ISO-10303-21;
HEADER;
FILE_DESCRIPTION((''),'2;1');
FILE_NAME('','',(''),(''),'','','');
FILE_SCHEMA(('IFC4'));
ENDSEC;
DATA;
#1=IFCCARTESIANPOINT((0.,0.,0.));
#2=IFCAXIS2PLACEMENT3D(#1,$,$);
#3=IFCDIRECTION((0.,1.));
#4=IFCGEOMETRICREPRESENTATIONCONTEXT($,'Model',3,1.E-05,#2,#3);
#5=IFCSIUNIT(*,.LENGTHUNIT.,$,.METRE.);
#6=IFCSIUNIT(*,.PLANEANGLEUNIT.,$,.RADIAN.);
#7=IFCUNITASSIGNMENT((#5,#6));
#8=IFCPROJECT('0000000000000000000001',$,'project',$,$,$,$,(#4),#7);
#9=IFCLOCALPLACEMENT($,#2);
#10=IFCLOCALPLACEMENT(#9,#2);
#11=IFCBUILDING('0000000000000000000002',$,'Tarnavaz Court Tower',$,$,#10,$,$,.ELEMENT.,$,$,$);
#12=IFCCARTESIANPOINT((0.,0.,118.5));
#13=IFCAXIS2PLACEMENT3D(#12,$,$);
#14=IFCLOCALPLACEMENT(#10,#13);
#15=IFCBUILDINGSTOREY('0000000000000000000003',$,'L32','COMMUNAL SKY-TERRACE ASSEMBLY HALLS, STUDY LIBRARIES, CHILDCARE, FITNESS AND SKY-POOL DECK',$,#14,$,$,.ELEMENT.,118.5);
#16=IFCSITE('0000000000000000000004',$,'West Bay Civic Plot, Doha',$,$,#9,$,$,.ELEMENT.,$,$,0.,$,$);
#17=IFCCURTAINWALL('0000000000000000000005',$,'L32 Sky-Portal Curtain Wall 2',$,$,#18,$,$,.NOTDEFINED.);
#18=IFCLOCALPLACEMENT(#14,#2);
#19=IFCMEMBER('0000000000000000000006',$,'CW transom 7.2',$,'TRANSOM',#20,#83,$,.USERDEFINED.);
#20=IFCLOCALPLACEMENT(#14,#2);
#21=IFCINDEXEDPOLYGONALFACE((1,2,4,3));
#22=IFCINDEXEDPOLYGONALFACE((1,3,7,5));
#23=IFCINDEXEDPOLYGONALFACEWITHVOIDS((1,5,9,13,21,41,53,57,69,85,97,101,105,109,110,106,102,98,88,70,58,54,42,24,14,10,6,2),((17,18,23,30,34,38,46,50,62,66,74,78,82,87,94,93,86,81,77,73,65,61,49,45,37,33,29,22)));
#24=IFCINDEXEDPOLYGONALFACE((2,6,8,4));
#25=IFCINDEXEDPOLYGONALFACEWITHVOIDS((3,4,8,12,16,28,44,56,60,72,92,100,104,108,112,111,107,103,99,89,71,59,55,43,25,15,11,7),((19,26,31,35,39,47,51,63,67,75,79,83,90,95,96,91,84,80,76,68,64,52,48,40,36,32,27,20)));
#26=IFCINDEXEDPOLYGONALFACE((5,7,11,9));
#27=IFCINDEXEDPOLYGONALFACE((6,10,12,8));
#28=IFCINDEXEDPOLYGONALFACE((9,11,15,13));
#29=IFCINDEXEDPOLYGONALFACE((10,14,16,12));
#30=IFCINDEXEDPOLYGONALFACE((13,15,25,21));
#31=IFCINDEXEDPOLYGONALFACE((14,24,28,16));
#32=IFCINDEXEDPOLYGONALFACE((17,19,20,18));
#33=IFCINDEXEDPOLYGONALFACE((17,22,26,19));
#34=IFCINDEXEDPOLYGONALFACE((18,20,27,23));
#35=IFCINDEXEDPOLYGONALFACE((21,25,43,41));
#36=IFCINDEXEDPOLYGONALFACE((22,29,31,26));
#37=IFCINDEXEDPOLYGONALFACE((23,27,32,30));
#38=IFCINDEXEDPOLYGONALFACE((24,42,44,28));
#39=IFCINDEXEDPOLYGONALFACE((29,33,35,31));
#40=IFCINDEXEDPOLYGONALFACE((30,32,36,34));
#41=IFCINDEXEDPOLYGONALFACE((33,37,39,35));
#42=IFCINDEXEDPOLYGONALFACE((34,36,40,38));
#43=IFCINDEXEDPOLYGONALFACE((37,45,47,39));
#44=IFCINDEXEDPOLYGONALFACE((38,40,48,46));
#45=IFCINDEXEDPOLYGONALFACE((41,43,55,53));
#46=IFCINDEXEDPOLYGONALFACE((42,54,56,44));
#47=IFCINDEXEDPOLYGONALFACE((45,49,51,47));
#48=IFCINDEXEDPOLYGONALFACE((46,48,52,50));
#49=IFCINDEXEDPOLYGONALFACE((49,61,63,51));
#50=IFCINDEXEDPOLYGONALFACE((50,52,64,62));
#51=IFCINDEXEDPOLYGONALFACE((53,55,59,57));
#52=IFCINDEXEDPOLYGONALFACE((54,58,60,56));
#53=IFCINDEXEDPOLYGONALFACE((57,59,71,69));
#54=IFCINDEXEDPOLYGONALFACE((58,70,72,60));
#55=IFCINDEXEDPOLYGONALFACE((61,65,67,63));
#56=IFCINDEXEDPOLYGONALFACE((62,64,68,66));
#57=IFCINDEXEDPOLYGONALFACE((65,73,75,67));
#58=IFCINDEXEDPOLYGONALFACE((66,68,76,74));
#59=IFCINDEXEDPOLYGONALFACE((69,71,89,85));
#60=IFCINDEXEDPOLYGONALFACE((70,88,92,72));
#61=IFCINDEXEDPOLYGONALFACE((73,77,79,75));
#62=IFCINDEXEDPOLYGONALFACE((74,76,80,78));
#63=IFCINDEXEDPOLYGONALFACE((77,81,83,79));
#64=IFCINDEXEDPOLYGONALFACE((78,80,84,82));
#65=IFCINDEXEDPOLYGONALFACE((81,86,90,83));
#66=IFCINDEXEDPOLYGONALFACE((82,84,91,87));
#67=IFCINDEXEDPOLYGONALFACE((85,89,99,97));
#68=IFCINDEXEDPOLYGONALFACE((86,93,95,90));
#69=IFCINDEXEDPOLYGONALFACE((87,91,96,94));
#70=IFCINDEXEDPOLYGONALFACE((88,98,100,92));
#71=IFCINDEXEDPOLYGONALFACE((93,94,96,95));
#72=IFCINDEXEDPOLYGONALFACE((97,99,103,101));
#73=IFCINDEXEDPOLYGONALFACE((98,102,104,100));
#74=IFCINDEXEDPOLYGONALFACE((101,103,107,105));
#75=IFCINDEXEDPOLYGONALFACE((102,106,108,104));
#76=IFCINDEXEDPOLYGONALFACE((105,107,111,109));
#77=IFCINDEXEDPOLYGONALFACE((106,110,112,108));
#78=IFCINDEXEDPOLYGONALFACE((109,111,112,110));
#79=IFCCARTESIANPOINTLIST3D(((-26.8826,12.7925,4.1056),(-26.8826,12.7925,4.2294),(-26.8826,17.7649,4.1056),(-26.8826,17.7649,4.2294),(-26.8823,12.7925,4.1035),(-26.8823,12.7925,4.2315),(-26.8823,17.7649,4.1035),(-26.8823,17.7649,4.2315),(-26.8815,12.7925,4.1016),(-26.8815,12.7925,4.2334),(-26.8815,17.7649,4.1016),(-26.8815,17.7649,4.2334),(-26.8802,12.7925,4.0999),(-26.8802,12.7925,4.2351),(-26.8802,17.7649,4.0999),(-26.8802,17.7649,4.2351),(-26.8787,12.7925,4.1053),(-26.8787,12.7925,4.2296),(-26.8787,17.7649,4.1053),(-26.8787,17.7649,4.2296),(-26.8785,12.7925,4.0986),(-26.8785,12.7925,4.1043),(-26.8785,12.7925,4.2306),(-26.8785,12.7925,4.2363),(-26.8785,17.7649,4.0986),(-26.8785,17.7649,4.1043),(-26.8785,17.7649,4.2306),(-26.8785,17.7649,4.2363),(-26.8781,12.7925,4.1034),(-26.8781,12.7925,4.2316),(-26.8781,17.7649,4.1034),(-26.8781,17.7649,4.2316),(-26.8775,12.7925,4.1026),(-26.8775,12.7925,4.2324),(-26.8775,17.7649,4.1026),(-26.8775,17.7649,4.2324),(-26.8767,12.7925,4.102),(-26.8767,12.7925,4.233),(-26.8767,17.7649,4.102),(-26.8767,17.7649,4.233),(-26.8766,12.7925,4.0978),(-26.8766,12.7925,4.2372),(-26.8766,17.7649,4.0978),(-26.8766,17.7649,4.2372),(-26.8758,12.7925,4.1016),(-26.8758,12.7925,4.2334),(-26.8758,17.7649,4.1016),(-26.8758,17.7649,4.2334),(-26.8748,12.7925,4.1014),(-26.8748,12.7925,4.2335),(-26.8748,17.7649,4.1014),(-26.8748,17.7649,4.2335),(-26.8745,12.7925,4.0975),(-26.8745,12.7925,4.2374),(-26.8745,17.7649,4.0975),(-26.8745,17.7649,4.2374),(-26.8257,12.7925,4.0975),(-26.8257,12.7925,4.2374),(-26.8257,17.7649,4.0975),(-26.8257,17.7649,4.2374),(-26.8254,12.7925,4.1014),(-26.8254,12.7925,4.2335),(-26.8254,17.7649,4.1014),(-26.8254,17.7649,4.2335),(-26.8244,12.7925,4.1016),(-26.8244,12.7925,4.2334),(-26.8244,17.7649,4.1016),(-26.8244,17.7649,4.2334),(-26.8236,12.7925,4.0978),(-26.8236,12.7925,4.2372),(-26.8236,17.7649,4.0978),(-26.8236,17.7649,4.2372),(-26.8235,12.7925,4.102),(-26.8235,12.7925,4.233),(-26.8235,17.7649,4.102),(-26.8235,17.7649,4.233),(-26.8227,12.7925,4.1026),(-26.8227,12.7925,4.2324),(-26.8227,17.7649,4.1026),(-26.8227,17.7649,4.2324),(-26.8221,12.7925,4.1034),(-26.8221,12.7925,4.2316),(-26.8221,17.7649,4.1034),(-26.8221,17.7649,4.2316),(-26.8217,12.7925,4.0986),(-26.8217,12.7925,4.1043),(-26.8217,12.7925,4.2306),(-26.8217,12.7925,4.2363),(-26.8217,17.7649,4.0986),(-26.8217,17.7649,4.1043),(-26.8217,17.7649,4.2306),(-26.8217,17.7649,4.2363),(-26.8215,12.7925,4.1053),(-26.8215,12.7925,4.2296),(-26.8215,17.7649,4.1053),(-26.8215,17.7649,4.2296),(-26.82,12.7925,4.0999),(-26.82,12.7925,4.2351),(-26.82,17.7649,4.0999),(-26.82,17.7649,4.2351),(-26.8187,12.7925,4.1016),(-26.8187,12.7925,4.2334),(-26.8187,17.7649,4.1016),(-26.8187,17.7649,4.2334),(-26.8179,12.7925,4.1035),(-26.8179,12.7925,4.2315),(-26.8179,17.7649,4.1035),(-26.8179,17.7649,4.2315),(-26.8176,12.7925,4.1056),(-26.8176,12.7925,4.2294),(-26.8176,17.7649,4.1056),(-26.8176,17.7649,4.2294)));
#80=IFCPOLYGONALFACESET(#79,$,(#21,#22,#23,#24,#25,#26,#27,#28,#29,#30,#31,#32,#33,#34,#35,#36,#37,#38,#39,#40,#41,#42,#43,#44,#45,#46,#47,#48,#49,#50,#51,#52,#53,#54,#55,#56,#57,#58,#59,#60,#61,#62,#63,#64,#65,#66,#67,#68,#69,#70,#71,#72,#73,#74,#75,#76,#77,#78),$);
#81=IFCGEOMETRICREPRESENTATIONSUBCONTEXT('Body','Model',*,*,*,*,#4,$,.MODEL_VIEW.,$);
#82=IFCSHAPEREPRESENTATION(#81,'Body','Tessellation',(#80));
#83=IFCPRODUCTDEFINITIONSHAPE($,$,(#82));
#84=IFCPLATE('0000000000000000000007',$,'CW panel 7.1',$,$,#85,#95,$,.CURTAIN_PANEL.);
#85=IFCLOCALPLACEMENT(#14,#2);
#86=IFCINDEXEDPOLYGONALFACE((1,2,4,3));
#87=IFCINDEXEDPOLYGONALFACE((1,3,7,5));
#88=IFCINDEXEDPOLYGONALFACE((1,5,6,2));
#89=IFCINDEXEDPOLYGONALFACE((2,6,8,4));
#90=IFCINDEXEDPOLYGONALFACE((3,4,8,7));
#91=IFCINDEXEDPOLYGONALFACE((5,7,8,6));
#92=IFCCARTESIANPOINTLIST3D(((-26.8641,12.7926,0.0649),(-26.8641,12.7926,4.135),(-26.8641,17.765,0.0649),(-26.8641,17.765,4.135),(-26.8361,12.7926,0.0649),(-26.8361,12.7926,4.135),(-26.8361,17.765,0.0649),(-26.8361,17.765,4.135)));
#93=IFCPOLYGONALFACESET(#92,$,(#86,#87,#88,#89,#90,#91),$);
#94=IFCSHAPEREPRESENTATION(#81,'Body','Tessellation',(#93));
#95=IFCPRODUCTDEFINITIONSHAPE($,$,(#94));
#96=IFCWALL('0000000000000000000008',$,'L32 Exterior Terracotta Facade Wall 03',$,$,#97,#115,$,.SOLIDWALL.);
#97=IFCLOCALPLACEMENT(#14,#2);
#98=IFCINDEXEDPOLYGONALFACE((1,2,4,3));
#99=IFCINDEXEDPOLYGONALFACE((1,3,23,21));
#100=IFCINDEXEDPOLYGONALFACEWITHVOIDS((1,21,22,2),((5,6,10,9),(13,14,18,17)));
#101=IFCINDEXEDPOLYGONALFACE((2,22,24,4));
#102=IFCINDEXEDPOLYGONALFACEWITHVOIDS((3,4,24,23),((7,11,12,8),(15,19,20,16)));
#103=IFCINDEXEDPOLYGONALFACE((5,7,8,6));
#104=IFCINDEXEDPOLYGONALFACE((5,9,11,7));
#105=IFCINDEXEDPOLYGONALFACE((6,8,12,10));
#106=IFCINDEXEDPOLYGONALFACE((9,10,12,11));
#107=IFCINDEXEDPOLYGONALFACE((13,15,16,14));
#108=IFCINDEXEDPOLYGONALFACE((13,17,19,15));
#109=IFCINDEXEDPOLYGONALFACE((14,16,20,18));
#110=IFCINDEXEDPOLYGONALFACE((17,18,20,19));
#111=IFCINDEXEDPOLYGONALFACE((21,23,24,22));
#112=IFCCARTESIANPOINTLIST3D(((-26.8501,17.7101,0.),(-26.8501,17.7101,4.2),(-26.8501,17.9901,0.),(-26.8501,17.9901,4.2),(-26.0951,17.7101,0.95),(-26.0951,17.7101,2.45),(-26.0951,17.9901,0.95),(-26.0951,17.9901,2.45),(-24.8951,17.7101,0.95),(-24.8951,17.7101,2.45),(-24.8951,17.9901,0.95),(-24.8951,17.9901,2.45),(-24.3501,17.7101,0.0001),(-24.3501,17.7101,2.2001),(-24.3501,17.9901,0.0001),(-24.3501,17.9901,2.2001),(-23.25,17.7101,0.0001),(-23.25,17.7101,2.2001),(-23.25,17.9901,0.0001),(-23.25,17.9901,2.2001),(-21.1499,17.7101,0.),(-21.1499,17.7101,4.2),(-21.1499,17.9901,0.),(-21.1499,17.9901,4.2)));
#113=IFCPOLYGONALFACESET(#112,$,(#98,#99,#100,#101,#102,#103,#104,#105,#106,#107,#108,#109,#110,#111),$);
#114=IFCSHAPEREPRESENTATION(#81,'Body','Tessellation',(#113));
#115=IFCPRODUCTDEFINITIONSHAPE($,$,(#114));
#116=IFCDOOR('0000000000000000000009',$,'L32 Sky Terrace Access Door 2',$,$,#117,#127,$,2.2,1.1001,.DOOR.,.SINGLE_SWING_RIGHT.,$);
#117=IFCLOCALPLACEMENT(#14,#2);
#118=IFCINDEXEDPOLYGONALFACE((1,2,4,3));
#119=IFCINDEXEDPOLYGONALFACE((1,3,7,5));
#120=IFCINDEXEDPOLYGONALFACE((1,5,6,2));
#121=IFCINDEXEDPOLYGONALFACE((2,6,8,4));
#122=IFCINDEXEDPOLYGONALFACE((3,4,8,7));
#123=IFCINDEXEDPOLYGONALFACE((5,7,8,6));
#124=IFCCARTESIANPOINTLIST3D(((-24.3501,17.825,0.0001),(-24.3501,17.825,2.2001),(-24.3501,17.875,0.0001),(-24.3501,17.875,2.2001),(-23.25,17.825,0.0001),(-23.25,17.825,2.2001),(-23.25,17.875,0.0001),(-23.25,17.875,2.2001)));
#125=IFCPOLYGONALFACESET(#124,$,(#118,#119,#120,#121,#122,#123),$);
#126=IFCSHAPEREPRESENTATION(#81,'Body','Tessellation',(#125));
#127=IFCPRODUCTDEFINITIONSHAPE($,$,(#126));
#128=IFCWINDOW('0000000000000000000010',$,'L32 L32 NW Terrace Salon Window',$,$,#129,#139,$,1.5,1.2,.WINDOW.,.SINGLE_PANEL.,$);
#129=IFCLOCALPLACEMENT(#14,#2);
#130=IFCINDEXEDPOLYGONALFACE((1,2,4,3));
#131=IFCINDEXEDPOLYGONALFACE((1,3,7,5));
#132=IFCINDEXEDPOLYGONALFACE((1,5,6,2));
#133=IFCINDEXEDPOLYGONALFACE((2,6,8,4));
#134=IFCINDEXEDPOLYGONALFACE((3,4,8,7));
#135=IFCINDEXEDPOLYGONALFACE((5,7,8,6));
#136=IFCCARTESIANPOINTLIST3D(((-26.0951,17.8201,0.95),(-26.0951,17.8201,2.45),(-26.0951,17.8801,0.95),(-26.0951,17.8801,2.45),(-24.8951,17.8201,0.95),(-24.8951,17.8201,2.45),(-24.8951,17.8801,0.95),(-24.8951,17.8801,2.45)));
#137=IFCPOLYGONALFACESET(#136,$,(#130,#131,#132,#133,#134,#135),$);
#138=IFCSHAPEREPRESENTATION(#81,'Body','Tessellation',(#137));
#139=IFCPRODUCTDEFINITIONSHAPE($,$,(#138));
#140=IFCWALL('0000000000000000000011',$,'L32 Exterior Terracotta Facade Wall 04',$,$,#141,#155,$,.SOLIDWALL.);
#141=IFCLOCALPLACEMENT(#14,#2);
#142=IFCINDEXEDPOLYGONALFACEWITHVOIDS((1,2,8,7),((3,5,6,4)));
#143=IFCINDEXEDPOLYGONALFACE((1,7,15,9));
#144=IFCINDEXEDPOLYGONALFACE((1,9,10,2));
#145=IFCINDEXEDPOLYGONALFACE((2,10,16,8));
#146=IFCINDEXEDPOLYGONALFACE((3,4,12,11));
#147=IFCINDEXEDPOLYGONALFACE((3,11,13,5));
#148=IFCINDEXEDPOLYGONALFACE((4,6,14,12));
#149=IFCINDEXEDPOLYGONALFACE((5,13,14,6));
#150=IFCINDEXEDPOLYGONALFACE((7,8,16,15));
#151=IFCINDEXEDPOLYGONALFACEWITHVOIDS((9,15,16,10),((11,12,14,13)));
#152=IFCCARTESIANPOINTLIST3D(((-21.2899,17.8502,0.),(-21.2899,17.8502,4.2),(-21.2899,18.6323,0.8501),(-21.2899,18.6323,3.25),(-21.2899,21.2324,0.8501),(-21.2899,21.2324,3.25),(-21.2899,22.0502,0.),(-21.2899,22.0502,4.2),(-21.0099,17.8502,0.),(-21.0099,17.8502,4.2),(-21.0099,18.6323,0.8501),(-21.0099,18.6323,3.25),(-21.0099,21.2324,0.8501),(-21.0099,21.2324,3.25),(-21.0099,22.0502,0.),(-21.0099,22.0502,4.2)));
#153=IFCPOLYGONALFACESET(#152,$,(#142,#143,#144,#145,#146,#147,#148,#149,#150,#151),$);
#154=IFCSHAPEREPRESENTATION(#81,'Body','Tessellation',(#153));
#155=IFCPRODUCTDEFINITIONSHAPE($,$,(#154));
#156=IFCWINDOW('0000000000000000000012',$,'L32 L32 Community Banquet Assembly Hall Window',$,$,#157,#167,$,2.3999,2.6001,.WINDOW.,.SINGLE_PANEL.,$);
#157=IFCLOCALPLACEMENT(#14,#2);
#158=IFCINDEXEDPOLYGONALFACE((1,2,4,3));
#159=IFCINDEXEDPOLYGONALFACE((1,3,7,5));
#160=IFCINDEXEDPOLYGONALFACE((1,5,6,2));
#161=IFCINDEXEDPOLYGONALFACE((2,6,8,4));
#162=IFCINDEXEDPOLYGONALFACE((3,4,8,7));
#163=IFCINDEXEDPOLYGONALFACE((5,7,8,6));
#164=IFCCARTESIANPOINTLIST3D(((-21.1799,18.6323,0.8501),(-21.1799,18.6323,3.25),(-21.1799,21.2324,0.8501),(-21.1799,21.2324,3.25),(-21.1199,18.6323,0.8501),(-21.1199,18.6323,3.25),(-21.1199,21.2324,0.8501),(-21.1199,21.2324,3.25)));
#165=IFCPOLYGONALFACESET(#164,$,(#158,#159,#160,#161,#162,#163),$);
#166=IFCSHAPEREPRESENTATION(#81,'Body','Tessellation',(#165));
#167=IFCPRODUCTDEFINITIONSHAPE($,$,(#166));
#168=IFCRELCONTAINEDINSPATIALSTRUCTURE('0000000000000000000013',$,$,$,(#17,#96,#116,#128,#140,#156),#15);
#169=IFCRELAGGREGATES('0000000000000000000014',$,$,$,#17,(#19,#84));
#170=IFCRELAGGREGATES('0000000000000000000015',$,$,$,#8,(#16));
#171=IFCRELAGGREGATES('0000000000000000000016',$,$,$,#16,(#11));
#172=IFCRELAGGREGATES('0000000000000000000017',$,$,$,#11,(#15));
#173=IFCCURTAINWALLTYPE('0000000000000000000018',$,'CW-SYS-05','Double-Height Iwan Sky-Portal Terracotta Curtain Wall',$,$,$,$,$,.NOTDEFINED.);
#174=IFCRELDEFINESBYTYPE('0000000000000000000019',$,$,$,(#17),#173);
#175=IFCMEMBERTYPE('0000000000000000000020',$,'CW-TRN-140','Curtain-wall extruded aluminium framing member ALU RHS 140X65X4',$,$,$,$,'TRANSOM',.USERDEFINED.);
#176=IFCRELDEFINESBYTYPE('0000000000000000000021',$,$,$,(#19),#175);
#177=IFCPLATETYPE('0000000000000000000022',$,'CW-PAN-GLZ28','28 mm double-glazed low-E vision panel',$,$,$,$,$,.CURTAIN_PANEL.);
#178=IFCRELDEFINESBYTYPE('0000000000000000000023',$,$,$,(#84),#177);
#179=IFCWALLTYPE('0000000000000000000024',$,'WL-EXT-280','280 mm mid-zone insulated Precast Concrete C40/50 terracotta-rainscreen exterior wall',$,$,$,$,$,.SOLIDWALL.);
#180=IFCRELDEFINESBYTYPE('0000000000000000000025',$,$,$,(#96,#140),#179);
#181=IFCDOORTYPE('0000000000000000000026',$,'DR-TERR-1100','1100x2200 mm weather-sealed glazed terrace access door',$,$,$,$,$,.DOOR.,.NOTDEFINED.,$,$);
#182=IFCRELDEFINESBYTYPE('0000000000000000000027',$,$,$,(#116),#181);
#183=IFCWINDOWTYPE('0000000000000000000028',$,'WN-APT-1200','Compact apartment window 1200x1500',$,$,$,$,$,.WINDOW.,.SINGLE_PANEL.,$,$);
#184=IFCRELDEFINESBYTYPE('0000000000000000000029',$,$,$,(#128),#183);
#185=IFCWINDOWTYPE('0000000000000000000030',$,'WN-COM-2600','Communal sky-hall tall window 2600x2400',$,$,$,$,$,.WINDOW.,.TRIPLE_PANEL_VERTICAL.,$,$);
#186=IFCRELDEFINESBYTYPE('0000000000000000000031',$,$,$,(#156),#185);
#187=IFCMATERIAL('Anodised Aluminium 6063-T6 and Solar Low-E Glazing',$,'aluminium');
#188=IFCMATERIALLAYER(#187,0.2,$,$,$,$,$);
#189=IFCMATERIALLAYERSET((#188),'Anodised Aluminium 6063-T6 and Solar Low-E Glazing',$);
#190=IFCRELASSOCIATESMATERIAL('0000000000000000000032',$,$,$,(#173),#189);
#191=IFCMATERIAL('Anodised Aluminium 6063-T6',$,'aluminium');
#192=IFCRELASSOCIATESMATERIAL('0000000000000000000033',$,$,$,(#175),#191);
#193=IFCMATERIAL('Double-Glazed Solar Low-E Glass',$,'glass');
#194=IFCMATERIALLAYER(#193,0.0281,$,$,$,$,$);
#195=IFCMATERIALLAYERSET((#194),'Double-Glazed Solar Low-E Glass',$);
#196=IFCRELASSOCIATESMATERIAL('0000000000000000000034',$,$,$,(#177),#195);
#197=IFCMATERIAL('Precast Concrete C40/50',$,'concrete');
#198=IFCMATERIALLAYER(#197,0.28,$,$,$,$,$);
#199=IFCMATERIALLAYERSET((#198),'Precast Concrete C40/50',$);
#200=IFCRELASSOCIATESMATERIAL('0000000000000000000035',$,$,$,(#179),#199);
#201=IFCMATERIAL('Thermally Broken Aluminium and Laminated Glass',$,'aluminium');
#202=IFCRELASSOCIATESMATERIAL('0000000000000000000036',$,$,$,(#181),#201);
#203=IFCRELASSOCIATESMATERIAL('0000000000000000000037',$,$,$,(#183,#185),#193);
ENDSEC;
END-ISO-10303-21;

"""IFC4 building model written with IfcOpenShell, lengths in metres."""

from ifc_helpers import new_model, si_unit, direction, frame, frame_2d, origin, origin_2d, place, context, subcontext, project, spatial, rectangle, hollow_rectangle, extrude, material, layer, layer_set, material_profile, profile_set, type_object, element, fill, aggregate, save


model = new_model("IFC4")

# Units and contexts
model_context = context("Model", 3, precision=1e-05, world=origin(), true_north=direction((0.0, 1.0)))
body_context = subcontext(model_context, "Body", "Model", "MODEL_VIEW")
ifc_project = project(units=[si_unit("LENGTHUNIT", "METRE"), si_unit("PLANEANGLEUNIT", "RADIAN")], contexts=[model_context])

# Site, building, storey
site_placement = place(None, origin())
site = spatial("IfcSite", under=ifc_project, at=site_placement, Name="West Bay Civic Plot, Doha", CompositionType="ELEMENT", RefElevation=0.0)
building_placement = place(site_placement, origin())
building = spatial("IfcBuilding", under=site, at=building_placement, Name="Tarnavaz Court Tower", CompositionType="ELEMENT")
storey_placement = place(building_placement, frame((0.0, 0.0, 118.5)))
storey = spatial("IfcBuildingStorey", under=building, at=storey_placement, Name="L32", Description="COMMUNAL SKY-TERRACE ASSEMBLY HALLS, STUDY LIBRARIES, CHILDCARE, FITNESS AND SKY-POOL DECK", CompositionType="ELEMENT", Elevation=118.5)

# Curtain wall, member, plate
ifc_material_1 = material(Name="Anodised Aluminium 6063-T6 and Solar Low-E Glazing", Category="aluminium")
ifc_layer_1 = layer(ifc_material_1, 0.2)
ifc_layer_set_1 = layer_set([ifc_layer_1], Name="Anodised Aluminium 6063-T6 and Solar Low-E Glazing")
curtain_wall_type = type_object("IfcCurtainWallType", Name="CW-SYS-05", Description="Double-Height Iwan Sky-Portal Terracotta Curtain Wall", PredefinedType="NOTDEFINED", material=ifc_layer_set_1)
curtain_wall_placement = place(storey_placement, origin())
curtain_wall = element("IfcCurtainWall", 1, at=curtain_wall_placement, inside=storey, type_object=curtain_wall_type, Name="L32 Sky-Portal Curtain Wall 2", PredefinedType="NOTDEFINED")
ifc_material_2 = material(Name="Anodised Aluminium 6063-T6", Category="aluminium")
ifc_material_profile_1 = material_profile(ifc_material_2, hollow_rectangle(XDim=0.0649, YDim=0.1399, WallThickness=0.0039, InnerFilletRadius=0.0039, OuterFilletRadius=0.0081, at=origin_2d()), Name="ALU RHS 140X65X4")
ifc_profile_set_1 = profile_set([ifc_material_profile_1], Name="Anodised Aluminium 6063-T6")
member_type_1 = type_object("IfcMemberType", Name="CW-TRN-140", Description="Curtain-wall extruded aluminium framing member ALU RHS 140X65X4", ElementType="TRANSOM", PredefinedType="USERDEFINED", material=ifc_profile_set_1)
member_1_placement = place(storey_placement, frame((-26.8501, 12.7925, 4.1675), z_axis=(0.0, 1.0, 0.0), x_axis=(-1.0, 0.0, 0.0)))
member_1 = element("IfcMember", 2, at=member_1_placement, type_object=member_type_1, Name="CW transom 7.2", ObjectType="TRANSOM", PredefinedType="USERDEFINED", context=body_context, shape_type="SweptSolid", body=[
    extrude(hollow_rectangle(XDim=0.0649, YDim=0.1399, WallThickness=0.0039, InnerFilletRadius=0.0039, OuterFilletRadius=0.0081, at=origin_2d()), origin(), (0.0, 0.0, 1.0), 4.9724),
])
ifc_material_3 = material(Name="Double-Glazed Solar Low-E Glass", Category="glass")
ifc_layer_2 = layer(ifc_material_3, 0.0281)
ifc_layer_set_2 = layer_set([ifc_layer_2], Name="Double-Glazed Solar Low-E Glass")
plate_type = type_object("IfcPlateType", Name="CW-PAN-GLZ28", Description="28 mm double-glazed low-E vision panel", PredefinedType="CURTAIN_PANEL", material=ifc_layer_set_2)
plate_placement = place(storey_placement, frame((-26.8501, 15.2788, 0.0649), z_axis=(0.0, 0.0, 1.0), x_axis=(0.0, 1.0, 0.0)))
plate = element("IfcPlate", 3, at=plate_placement, type_object=plate_type, Name="CW panel 7.1", PredefinedType="CURTAIN_PANEL", context=body_context, shape_type="SweptSolid", body=[
    extrude(rectangle(XDim=4.9724, YDim=0.0281, at=origin_2d()), origin(), (0.0, 0.0, 1.0), 4.0701),
])
aggregate(curtain_wall, [member_1, plate])

# Wall, openings, door, window
ifc_material_4 = material(Name="Precast Concrete C40/50", Category="concrete")
ifc_layer_3 = layer(ifc_material_4, 0.28)
ifc_layer_set_3 = layer_set([ifc_layer_3], Name="Precast Concrete C40/50")
wall_type_1 = type_object("IfcWallType", Name="WL-EXT-280", Description="280 mm mid-zone insulated Precast Concrete C40/50 terracotta-rainscreen exterior wall", PredefinedType="SOLIDWALL", material=ifc_layer_set_3)
wall_1_placement = place(storey_placement, frame((-26.8501, 17.8501, 0.0), z_axis=(0.0, 0.0, 1.0), x_axis=(1.0, 0.0, 0.0)))
wall_1 = element("IfcWall", 4, at=wall_1_placement, inside=storey, type_object=wall_type_1, Name="L32 Exterior Terracotta Facade Wall 03", PredefinedType="SOLIDWALL", context=body_context, shape_type="SweptSolid", body=[
    extrude(rectangle(XDim=5.7002, YDim=0.28, at=frame_2d((2.8501, 0.0))), origin(), (0.0, 0.0, 1.0), 4.2),
])
opening_1_placement = place(wall_1_placement, frame((2.5, 0.0, 0.0)))
opening_1 = element("IfcOpeningElement", 5, at=opening_1_placement, cuts=wall_1, PredefinedType="OPENING", context=body_context, shape_type="SweptSolid", body=[
    extrude(rectangle(XDim=1.1001, YDim=2.2, at=frame_2d((0.55, 1.1001))), frame((0.0, 0.1499, 0.0), z_axis=(0.0, -1.0, 0.0), x_axis=(1.0, 0.0, 0.0)), (0.0, 0.0, 1.0), 0.3),
])
opening_2_placement = place(wall_1_placement, frame((0.7549, 0.0, 0.95)))
opening_2 = element("IfcOpeningElement", 6, at=opening_2_placement, cuts=wall_1, PredefinedType="OPENING", context=body_context, shape_type="SweptSolid", body=[
    extrude(rectangle(XDim=1.2, YDim=1.5, at=frame_2d((0.6001, 0.75))), frame((0.0, 0.1499, 0.0), z_axis=(0.0, -1.0, 0.0), x_axis=(1.0, 0.0, 0.0)), (0.0, 0.0, 1.0), 0.3),
])
ifc_material_5 = material(Name="Thermally Broken Aluminium and Laminated Glass", Category="aluminium")
door_type_1 = type_object("IfcDoorType", Name="DR-TERR-1100", Description="1100x2200 mm weather-sealed glazed terrace access door", OperationType="NOTDEFINED", PredefinedType="DOOR", material=ifc_material_5)
door_1_placement = place(opening_1_placement, origin())
door_1 = element("IfcDoor", 7, at=door_1_placement, inside=storey, type_object=door_type_1, Name="L32 Sky Terrace Access Door 2", OperationType="SINGLE_SWING_RIGHT", OverallHeight=2.2, OverallWidth=1.1001, PredefinedType="DOOR", context=body_context, shape_type="SweptSolid", body=[
    extrude(rectangle(XDim=1.1001, YDim=2.2, at=frame_2d((0.55, 1.1001))), frame((0.0, 0.0249, 0.0), z_axis=(0.0, -1.0, 0.0), x_axis=(1.0, 0.0, 0.0)), (0.0, 0.0, 1.0), 0.05),
])
fill(opening_1, door_1)
window_type_1 = type_object("IfcWindowType", Name="WN-APT-1200", Description="Compact apartment window 1200x1500", PartitioningType="SINGLE_PANEL", PredefinedType="WINDOW", material=ifc_material_3)
window_1_placement = place(opening_2_placement, origin())
window_1 = element("IfcWindow", 8, at=window_1_placement, inside=storey, type_object=window_type_1, Name="L32 L32 NW Terrace Salon Window", OverallHeight=1.5, OverallWidth=1.2, PartitioningType="SINGLE_PANEL", PredefinedType="WINDOW", context=body_context, shape_type="SweptSolid", body=[
    extrude(rectangle(XDim=1.2, YDim=1.5, at=frame_2d((0.6001, 0.75))), frame((0.0, 0.03, 0.0), z_axis=(0.0, -1.0, 0.0), x_axis=(1.0, 0.0, 0.0)), (0.0, 0.0, 1.0), 0.0601),
])
fill(opening_2, window_1)

# Wall, opening, window
wall_2_placement = place(storey_placement, frame((-21.1499, 17.8501, 0.0), z_axis=(0.0, 0.0, 1.0), x_axis=(0.0, 1.0, 0.0)))
wall_2 = element("IfcWall", 9, at=wall_2_placement, inside=storey, type_object=wall_type_1, Name="L32 Exterior Terracotta Facade Wall 04", PredefinedType="SOLIDWALL", context=body_context, shape_type="SweptSolid", body=[
    extrude(rectangle(XDim=4.2, YDim=0.28, at=frame_2d((2.1001, 0.0))), origin(), (0.0, 0.0, 1.0), 4.2),
])
opening_3_placement = place(wall_2_placement, frame((0.7822, 0.0, 0.8501)))
opening_3 = element("IfcOpeningElement", 10, at=opening_3_placement, cuts=wall_2, PredefinedType="OPENING", context=body_context, shape_type="SweptSolid", body=[
    extrude(rectangle(XDim=2.6001, YDim=2.3999, at=frame_2d((1.3, 1.2))), frame((0.0, 0.1499, 0.0), z_axis=(0.0, -1.0, 0.0), x_axis=(1.0, 0.0, 0.0)), (0.0, 0.0, 1.0), 0.3),
])
window_type_2 = type_object("IfcWindowType", Name="WN-COM-2600", Description="Communal sky-hall tall window 2600x2400", PartitioningType="TRIPLE_PANEL_VERTICAL", PredefinedType="WINDOW", material=ifc_material_3)
window_2_placement = place(opening_3_placement, origin())
window_2 = element("IfcWindow", 11, at=window_2_placement, inside=storey, type_object=window_type_2, Name="L32 L32 Community Banquet Assembly Hall Window", OverallHeight=2.3999, OverallWidth=2.6001, PartitioningType="SINGLE_PANEL", PredefinedType="WINDOW", context=body_context, shape_type="SweptSolid", body=[
    extrude(rectangle(XDim=2.6001, YDim=2.3999, at=frame_2d((1.3, 1.2))), frame((0.0, 0.03, 0.0), z_axis=(0.0, -1.0, 0.0), x_axis=(1.0, 0.0, 0.0)), (0.0, 0.0, 1.0), 0.0601),
])
fill(opening_3, window_2)

save(model, "model.ifc")
